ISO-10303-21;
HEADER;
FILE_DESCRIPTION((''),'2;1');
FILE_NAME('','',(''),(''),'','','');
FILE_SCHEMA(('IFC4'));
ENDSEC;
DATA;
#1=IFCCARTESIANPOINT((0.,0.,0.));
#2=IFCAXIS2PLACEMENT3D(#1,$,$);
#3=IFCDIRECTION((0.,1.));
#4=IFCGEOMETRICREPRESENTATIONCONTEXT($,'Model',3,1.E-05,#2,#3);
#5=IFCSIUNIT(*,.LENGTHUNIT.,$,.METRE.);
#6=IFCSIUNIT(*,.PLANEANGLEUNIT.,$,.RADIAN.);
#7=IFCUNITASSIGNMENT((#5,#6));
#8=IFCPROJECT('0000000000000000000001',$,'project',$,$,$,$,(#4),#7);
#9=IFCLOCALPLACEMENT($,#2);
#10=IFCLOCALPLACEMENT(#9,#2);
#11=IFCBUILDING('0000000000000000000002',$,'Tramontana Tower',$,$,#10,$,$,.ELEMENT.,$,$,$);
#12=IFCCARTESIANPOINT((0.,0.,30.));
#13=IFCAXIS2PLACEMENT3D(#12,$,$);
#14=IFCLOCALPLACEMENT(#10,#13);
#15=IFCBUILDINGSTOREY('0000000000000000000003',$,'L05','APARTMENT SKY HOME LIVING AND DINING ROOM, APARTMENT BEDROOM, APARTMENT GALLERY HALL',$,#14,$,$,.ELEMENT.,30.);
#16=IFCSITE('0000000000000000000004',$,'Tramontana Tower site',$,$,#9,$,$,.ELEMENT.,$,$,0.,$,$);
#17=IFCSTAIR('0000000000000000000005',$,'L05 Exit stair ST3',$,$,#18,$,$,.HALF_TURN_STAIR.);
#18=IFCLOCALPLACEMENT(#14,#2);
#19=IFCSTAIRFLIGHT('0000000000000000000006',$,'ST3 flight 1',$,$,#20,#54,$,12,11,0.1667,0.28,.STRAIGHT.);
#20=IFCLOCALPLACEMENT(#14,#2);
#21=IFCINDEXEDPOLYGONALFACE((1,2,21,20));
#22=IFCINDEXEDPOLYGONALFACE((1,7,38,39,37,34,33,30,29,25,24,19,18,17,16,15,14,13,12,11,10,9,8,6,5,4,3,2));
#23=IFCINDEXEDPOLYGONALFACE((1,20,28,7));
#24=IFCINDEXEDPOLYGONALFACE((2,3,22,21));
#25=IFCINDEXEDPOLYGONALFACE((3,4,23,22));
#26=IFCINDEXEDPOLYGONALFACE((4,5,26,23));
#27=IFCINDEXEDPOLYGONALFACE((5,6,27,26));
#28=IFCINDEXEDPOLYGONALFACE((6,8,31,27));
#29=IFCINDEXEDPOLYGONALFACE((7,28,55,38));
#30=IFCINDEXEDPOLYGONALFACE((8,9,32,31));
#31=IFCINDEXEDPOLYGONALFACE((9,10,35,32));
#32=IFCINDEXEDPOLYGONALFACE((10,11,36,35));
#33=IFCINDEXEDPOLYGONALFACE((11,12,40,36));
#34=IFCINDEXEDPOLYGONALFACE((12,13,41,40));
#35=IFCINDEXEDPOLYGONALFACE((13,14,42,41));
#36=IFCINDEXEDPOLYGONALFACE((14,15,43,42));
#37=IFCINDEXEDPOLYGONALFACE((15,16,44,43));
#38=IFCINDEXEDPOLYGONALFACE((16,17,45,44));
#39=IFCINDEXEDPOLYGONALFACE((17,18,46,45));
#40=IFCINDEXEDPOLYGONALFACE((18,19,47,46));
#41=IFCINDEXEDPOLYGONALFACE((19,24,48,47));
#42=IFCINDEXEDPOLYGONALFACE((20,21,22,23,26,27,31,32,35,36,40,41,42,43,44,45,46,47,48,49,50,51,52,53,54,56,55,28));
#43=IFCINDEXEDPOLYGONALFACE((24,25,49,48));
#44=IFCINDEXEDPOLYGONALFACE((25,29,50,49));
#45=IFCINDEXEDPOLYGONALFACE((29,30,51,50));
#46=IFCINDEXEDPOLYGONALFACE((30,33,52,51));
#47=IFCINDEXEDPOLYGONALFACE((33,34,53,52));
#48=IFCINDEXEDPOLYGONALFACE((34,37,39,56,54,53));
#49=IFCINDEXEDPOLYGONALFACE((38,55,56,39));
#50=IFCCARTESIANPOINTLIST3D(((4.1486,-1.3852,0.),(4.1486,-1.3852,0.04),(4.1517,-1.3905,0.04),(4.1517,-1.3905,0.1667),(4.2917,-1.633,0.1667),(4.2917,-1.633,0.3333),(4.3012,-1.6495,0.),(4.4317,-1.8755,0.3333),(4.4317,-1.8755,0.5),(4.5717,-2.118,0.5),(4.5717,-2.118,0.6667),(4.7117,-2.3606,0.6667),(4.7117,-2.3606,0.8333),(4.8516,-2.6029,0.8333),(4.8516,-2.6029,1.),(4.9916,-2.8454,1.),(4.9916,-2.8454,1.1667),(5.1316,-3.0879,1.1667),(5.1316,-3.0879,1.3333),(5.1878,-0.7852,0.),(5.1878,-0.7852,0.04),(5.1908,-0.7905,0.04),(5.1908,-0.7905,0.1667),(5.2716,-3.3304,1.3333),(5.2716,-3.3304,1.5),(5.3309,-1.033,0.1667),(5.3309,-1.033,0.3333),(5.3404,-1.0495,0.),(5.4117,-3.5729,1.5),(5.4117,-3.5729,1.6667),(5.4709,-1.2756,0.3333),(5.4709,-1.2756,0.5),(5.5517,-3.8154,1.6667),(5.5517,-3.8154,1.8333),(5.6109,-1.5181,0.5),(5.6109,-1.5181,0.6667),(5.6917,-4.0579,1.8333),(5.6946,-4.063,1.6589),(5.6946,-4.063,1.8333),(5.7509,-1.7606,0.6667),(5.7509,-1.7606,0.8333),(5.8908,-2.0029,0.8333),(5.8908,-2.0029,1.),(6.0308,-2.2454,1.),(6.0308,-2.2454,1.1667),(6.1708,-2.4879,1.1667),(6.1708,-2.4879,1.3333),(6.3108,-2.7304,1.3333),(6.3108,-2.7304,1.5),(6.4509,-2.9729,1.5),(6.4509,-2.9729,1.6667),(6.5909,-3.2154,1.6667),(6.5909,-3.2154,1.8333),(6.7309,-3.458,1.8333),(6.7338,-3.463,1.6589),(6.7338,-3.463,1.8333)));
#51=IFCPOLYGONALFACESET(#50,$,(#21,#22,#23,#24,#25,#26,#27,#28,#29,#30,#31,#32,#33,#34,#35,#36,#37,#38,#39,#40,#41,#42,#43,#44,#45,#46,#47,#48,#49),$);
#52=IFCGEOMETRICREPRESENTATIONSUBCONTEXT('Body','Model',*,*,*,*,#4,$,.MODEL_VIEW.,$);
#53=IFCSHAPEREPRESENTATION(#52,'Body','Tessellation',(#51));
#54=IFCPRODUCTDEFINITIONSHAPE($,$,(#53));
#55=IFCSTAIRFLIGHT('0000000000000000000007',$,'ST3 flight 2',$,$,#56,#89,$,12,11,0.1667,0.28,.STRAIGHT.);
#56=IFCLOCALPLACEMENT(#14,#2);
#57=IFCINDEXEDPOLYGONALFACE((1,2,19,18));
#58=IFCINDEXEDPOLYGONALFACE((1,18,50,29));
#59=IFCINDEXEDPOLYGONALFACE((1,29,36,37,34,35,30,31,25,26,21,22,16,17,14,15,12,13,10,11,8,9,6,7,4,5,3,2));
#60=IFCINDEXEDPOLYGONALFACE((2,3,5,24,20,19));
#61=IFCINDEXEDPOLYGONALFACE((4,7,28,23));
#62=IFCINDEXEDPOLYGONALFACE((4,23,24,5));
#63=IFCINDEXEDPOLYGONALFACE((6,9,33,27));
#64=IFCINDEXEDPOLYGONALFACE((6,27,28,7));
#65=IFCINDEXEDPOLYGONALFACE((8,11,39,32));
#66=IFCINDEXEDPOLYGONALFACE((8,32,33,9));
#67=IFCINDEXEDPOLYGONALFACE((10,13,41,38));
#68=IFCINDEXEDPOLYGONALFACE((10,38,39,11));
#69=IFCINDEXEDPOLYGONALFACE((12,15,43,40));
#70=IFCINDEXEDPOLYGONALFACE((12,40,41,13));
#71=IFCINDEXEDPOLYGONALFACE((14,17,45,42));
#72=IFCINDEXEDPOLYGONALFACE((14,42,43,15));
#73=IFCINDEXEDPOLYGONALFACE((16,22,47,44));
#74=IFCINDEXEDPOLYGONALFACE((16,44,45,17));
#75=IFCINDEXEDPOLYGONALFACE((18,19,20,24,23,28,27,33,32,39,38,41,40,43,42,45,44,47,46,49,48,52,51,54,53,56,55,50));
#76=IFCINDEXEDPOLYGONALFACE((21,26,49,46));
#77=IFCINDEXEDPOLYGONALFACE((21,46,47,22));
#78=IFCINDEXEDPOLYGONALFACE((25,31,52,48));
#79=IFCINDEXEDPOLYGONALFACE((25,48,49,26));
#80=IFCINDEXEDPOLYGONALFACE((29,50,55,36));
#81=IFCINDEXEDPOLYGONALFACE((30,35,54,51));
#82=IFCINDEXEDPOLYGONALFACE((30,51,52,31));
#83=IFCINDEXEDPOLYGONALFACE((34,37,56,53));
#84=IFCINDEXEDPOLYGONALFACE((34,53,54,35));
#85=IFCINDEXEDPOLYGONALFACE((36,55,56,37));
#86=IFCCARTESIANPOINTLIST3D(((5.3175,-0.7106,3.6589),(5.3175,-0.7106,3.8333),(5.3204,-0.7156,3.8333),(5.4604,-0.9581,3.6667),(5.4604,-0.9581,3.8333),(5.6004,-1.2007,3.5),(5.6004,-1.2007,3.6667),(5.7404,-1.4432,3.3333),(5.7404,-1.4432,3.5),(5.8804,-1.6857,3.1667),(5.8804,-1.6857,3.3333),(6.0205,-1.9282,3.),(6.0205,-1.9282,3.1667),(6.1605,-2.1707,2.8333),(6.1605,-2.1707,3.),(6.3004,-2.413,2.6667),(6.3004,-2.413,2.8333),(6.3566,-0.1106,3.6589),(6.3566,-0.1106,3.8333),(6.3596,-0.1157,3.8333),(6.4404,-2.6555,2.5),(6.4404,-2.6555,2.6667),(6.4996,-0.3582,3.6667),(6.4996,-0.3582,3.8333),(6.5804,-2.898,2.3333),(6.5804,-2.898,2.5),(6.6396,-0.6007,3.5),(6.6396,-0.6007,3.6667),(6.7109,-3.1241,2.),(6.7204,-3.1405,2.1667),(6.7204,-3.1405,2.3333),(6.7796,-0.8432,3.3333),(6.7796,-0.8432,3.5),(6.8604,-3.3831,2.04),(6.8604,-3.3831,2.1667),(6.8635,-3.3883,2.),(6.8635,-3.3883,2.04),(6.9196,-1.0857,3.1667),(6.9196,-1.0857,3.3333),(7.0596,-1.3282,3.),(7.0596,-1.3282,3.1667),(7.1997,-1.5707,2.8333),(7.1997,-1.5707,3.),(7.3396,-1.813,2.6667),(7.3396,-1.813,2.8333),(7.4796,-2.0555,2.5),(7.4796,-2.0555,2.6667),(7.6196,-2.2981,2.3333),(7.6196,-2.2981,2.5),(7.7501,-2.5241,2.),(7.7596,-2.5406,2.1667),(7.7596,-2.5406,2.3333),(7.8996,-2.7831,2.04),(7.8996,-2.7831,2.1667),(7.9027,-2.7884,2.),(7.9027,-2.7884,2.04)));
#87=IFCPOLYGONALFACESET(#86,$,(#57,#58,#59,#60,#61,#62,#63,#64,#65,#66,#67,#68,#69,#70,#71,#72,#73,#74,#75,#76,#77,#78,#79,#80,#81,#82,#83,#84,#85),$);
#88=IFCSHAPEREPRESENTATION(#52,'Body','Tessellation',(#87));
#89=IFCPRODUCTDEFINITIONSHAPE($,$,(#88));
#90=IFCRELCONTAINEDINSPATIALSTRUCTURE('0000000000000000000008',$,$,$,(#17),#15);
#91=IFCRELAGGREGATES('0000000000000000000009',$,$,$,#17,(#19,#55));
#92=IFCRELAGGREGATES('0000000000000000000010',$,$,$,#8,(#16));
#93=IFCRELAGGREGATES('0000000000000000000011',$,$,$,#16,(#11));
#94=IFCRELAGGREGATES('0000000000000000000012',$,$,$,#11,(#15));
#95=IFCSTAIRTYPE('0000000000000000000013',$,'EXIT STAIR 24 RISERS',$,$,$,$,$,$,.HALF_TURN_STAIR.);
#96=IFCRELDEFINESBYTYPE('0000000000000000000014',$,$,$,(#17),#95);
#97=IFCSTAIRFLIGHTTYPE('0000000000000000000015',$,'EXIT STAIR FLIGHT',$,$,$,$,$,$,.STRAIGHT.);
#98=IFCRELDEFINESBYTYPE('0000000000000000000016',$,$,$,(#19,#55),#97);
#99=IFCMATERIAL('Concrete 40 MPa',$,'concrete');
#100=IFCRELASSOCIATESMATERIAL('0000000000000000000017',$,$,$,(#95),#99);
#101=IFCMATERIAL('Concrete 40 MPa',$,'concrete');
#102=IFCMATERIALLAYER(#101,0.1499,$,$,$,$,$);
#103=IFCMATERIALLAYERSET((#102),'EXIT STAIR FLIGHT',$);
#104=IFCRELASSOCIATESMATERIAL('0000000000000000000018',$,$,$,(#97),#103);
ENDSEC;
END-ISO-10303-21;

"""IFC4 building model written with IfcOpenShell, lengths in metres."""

from ifc_helpers import new_model, si_unit, direction, frame, origin, place, context, subcontext, project, spatial, polyline, outline, extrude, material, layer, layer_set, type_object, element, aggregate, save


model = new_model("IFC4")

# Units and contexts
model_context = context("Model", 3, precision=1e-05, world=origin(), true_north=direction((0.0, 1.0)))
body_context = subcontext(model_context, "Body", "Model", "MODEL_VIEW")
ifc_project = project(units=[si_unit("LENGTHUNIT", "METRE"), si_unit("PLANEANGLEUNIT", "RADIAN")], contexts=[model_context])

# Site, building, storey
site_placement = place(None, origin())
site = spatial("IfcSite", under=ifc_project, at=site_placement, Name="Tramontana Tower site", CompositionType="ELEMENT", RefElevation=0.0)
building_placement = place(site_placement, origin())
building = spatial("IfcBuilding", under=site, at=building_placement, Name="Tramontana Tower", CompositionType="ELEMENT")
storey_placement = place(building_placement, frame((0.0, 0.0, 30.0)))
storey = spatial("IfcBuildingStorey", under=building, at=storey_placement, Name="L05", Description="APARTMENT SKY HOME LIVING AND DINING ROOM, APARTMENT BEDROOM, APARTMENT GALLERY HALL", CompositionType="ELEMENT", Elevation=30.0)

# Stair, stair flights
ifc_material_1 = material(Name="Concrete 40 MPa", Category="concrete")
stair_type = type_object("IfcStairType", Name="EXIT STAIR 24 RISERS", PredefinedType="HALF_TURN_STAIR", material=ifc_material_1)
stair_placement = place(storey_placement, origin())
stair = element("IfcStair", 1, at=stair_placement, inside=storey, type_object=stair_type, Name="L05 Exit stair ST3", PredefinedType="HALF_TURN_STAIR")
ifc_material_2 = material(Name="Concrete 40 MPa", Category="concrete")
ifc_layer_1 = layer(ifc_material_2, 0.1499)
ifc_layer_set_1 = layer_set([ifc_layer_1], Name="EXIT STAIR FLIGHT")
stair_flight_type = type_object("IfcStairFlightType", Name="EXIT STAIR FLIGHT", PredefinedType="STRAIGHT", material=ifc_layer_set_1)
stair_flight_1_placement = place(storey_placement, frame((4.6711, -1.0906, 0.0), z_axis=(0.0, 0.0, 1.0), x_axis=(0.5, -0.866025, 0.0)))
stair_flight_1 = element("IfcStairFlight", 2, at=stair_flight_1_placement, type_object=stair_flight_type, Name="ST3 flight 1", NumberOfRisers=12, NumberOfTreads=11, PredefinedType="STRAIGHT", RiserHeight=0.1667, TreadLength=0.28, context=body_context, shape_type="SweptSolid", body=[
    extrude(outline(polyline([(-0.0061, 0.0), (-0.0061, 0.04), (0.0, 0.04), (0.0, 0.1667), (0.28, 0.1667), (0.28, 0.3333), (0.5601, 0.3333), (0.5601, 0.5), (0.8401, 0.5), (0.8401, 0.6667), (1.1201, 0.6667), (1.1201, 0.8333), (1.3999, 0.8333), (1.3999, 1.0), (1.6799, 1.0), (1.6799, 1.1667), (1.96, 1.1667), (1.96, 1.3333), (2.24, 1.3333), (2.24, 1.5), (2.52, 1.5), (2.52, 1.6667), (2.8, 1.6667), (2.8, 1.8333), (3.0801, 1.8333), (3.0859, 1.8333), (3.0859, 1.6589), (0.2991, 0.0), (-0.0061, 0.0)])), frame((0.0, 0.6001, 0.0), z_axis=(0.0, -1.0, 0.0), x_axis=(1.0, 0.0, 0.0)), (0.0, 0.0, 1.0), 1.2),
])
stair_flight_2_placement = place(storey_placement, frame((7.3801, -3.083, 2.0), z_axis=(0.0, 0.0, 1.0), x_axis=(-0.5, 0.866025, 0.0)))
stair_flight_2 = element("IfcStairFlight", 3, at=stair_flight_2_placement, type_object=stair_flight_type, Name="ST3 flight 2", NumberOfRisers=12, NumberOfTreads=11, PredefinedType="STRAIGHT", RiserHeight=0.1667, TreadLength=0.28, context=body_context, shape_type="SweptSolid", body=[
    extrude(outline(polyline([(-0.0061, 0.0), (-0.0061, 0.04), (0.0, 0.04), (0.0, 0.1667), (0.28, 0.1667), (0.28, 0.3333), (0.5601, 0.3333), (0.5601, 0.5), (0.8401, 0.5), (0.8401, 0.6667), (1.1201, 0.6667), (1.1201, 0.8333), (1.3999, 0.8333), (1.3999, 1.0), (1.6799, 1.0), (1.6799, 1.1667), (1.96, 1.1667), (1.96, 1.3333), (2.24, 1.3333), (2.24, 1.5), (2.52, 1.5), (2.52, 1.6667), (2.8, 1.6667), (2.8, 1.8333), (3.0801, 1.8333), (3.0859, 1.8333), (3.0859, 1.6589), (0.2991, 0.0), (-0.0061, 0.0)])), frame((0.0, 0.6001, 0.0), z_axis=(0.0, -1.0, 0.0), x_axis=(1.0, 0.0, 0.0)), (0.0, 0.0, 1.0), 1.2),
])
aggregate(stair, [stair_flight_1, stair_flight_2])

save(model, "model.ifc")
